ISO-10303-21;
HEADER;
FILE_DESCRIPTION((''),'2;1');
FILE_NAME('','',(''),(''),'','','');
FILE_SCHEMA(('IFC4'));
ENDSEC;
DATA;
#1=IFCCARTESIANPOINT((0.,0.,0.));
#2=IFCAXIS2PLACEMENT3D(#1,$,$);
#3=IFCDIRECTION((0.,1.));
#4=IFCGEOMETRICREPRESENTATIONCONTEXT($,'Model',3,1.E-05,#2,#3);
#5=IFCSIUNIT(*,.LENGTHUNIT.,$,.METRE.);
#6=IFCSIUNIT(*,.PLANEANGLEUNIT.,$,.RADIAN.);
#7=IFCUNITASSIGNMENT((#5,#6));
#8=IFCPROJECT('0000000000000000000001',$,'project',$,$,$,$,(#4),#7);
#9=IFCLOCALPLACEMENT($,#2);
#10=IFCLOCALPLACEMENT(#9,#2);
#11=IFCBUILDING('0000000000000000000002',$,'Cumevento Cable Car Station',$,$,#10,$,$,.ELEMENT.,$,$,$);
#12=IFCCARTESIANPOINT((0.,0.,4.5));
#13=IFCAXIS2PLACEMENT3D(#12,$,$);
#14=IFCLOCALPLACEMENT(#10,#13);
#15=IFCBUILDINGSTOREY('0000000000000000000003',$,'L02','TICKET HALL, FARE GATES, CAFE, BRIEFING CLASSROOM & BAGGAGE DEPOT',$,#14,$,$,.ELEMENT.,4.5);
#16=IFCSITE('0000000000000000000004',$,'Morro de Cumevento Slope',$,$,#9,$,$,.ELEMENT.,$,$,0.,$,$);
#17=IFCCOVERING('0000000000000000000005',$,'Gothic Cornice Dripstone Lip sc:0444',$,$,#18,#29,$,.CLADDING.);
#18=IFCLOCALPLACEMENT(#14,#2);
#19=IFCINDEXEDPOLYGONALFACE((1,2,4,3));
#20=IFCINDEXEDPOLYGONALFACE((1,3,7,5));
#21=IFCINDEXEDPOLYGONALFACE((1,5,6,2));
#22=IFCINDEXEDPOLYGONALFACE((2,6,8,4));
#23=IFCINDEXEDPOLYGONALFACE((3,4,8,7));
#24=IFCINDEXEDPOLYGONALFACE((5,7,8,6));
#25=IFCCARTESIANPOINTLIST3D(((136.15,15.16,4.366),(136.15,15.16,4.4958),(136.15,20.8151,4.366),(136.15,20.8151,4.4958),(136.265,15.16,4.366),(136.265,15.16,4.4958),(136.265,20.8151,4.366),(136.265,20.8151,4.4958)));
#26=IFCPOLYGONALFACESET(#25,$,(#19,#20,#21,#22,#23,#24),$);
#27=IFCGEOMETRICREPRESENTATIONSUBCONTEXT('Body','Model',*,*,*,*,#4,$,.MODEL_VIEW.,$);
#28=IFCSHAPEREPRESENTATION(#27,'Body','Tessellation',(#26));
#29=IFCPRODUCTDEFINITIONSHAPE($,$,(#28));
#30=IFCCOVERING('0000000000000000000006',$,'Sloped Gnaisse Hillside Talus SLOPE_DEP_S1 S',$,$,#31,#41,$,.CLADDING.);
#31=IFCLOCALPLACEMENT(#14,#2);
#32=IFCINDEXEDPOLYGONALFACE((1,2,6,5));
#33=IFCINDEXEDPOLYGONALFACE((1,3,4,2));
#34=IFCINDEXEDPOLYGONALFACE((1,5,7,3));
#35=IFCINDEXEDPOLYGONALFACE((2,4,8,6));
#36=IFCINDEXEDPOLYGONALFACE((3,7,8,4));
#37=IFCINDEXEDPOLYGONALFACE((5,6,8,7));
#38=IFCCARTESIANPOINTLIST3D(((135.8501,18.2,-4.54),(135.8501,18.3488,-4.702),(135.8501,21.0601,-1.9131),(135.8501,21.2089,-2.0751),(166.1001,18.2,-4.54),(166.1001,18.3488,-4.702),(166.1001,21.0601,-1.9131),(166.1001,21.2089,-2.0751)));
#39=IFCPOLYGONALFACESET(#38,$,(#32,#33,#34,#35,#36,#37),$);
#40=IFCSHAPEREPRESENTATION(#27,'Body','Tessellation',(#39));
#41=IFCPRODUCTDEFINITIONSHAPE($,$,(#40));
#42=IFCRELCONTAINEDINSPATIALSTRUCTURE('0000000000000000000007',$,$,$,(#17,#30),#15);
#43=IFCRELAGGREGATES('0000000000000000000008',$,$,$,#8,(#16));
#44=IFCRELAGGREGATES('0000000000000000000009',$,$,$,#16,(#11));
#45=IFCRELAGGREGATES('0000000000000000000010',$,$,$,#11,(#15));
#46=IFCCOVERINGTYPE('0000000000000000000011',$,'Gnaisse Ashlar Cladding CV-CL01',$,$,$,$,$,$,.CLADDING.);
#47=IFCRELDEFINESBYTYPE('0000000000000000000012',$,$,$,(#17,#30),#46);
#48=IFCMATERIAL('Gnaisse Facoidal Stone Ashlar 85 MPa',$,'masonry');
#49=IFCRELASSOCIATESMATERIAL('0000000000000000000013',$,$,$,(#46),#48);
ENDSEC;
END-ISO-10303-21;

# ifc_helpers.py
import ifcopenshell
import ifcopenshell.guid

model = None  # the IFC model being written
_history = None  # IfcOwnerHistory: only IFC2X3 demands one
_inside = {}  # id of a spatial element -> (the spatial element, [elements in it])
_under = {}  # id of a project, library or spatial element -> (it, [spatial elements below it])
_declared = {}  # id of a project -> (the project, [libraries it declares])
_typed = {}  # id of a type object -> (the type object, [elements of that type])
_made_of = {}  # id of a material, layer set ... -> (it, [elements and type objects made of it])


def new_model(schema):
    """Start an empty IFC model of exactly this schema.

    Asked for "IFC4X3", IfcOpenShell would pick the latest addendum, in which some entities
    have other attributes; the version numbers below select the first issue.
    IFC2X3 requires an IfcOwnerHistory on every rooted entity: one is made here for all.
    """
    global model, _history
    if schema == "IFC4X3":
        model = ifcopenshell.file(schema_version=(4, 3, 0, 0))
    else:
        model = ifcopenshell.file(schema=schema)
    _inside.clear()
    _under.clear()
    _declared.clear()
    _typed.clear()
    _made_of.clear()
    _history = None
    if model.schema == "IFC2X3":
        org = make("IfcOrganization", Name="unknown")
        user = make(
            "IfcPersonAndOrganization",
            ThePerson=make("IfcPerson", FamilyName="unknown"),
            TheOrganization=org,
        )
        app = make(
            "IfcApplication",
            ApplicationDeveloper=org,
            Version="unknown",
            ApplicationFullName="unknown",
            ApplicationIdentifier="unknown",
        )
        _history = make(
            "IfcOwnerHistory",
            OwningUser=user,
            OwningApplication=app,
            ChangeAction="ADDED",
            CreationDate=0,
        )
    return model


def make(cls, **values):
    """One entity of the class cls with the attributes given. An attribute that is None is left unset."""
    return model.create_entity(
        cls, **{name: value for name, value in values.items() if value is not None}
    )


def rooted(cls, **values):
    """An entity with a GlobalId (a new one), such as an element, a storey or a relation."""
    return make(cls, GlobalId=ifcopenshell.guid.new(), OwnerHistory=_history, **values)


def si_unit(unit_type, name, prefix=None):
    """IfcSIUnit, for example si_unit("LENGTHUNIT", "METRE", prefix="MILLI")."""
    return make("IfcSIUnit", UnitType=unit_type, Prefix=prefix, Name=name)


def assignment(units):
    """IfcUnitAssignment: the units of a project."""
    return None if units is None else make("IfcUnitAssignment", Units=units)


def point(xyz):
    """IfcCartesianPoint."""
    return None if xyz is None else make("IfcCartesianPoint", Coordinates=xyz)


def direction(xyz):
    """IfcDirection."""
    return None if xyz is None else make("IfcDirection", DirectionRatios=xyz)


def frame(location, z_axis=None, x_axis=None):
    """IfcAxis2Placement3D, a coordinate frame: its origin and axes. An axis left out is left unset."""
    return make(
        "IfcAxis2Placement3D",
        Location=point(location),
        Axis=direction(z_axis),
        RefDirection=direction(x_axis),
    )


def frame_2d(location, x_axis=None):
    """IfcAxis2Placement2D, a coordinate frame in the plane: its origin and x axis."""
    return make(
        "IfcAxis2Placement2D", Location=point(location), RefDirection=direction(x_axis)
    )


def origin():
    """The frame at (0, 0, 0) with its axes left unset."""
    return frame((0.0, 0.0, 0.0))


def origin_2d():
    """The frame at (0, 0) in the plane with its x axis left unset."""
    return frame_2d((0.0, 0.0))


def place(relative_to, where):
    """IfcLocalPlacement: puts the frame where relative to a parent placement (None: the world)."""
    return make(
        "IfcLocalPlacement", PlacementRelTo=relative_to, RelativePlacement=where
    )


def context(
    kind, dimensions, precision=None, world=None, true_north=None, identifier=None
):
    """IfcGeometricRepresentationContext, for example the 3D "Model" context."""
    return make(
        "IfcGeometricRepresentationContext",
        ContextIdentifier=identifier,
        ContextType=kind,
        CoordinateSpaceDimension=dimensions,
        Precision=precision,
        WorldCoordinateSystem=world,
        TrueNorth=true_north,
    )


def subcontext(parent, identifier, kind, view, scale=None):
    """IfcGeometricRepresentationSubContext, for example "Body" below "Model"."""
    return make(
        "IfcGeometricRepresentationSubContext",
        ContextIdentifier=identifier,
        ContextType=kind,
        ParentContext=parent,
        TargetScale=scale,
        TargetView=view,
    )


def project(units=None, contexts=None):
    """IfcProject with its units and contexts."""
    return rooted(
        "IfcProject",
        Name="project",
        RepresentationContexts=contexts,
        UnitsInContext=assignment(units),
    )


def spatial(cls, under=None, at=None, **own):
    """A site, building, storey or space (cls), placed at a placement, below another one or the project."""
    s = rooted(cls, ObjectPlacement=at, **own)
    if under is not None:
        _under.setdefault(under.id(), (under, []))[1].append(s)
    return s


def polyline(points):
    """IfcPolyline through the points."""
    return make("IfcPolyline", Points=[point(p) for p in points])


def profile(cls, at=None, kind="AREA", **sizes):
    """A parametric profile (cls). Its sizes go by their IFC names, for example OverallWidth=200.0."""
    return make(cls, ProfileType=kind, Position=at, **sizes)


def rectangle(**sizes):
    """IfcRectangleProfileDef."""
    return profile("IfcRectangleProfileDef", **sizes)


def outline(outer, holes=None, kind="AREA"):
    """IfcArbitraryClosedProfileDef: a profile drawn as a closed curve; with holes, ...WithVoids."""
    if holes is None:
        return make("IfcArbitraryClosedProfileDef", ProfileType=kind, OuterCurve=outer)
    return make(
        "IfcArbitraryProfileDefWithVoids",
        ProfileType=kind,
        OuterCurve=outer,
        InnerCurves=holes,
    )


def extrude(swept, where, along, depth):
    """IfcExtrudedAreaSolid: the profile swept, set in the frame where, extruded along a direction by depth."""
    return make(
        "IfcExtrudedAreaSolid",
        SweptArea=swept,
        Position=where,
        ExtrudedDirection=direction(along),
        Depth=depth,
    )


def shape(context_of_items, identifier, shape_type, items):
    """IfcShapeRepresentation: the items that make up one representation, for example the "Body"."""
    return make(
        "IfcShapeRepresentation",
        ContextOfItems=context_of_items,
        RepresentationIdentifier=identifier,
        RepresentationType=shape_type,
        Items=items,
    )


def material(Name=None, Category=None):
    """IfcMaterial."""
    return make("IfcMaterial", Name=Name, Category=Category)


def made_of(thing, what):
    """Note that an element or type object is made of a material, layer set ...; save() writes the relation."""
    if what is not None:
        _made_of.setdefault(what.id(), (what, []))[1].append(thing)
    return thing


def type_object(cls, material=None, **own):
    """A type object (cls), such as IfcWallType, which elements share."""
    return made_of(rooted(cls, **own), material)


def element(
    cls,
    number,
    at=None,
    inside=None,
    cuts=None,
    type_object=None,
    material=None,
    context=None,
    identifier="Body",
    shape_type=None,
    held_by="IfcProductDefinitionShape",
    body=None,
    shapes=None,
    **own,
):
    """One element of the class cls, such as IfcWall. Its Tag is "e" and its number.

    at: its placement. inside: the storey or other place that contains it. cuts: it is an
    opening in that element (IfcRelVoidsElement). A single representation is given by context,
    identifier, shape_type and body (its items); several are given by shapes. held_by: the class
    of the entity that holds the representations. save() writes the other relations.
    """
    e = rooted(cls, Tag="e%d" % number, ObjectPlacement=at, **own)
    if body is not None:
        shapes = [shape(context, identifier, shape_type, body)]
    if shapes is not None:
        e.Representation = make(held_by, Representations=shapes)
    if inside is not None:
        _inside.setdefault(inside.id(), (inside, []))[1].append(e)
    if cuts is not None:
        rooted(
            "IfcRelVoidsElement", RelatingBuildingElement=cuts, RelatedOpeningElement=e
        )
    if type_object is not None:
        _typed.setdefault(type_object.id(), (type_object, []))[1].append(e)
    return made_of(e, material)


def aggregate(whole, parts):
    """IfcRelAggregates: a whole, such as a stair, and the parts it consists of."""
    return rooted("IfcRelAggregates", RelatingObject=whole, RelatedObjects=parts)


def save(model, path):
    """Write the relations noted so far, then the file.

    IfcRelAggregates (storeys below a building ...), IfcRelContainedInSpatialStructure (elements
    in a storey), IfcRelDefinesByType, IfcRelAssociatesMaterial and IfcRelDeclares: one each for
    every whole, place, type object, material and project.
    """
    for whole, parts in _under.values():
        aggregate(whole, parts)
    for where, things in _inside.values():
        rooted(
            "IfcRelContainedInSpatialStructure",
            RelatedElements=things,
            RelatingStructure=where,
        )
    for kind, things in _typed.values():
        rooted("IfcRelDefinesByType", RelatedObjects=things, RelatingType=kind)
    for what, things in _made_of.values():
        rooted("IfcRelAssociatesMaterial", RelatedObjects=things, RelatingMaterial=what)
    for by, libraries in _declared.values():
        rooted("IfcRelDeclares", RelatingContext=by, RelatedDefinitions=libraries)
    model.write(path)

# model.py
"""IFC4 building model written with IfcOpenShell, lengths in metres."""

from ifc_helpers import new_model, si_unit, direction, frame, origin, origin_2d, place, context, subcontext, project, spatial, polyline, rectangle, outline, extrude, material, type_object, element, save


model = new_model("IFC4")

# Units and contexts
model_context = context("Model", 3, precision=1e-05, world=origin(), true_north=direction((0.0, 1.0)))
body_context = subcontext(model_context, "Body", "Model", "MODEL_VIEW")
ifc_project = project(units=[si_unit("LENGTHUNIT", "METRE"), si_unit("PLANEANGLEUNIT", "RADIAN")], contexts=[model_context])

# Site, building, storey
site_placement = place(None, origin())
site = spatial("IfcSite", under=ifc_project, at=site_placement, Name="Morro de Cumevento Slope", CompositionType="ELEMENT", RefElevation=0.0)
building_placement = place(site_placement, origin())
building = spatial("IfcBuilding", under=site, at=building_placement, Name="Cumevento Cable Car Station", CompositionType="ELEMENT")
storey_placement = place(building_placement, frame((0.0, 0.0, 4.5)))
storey = spatial("IfcBuildingStorey", under=building, at=storey_placement, Name="L02", Description="TICKET HALL, FARE GATES, CAFE, BRIEFING CLASSROOM & BAGGAGE DEPOT", CompositionType="ELEMENT", Elevation=4.5)

# Coverings
ifc_material_1 = material(Name="Gnaisse Facoidal Stone Ashlar 85 MPa", Category="masonry")
covering_type = type_object("IfcCoveringType", Name="Gnaisse Ashlar Cladding CV-CL01", PredefinedType="CLADDING", material=ifc_material_1)
covering_1_placement = place(storey_placement, frame((136.2075, 17.9875, 4.366), z_axis=(0.0, 0.0, 1.0), x_axis=(0.0, -1.0, 0.0)))
element("IfcCovering", 1, at=covering_1_placement, inside=storey, type_object=covering_type, Name="Gothic Cornice Dripstone Lip sc:0444", PredefinedType="CLADDING", context=body_context, shape_type="SweptSolid", body=[
    extrude(rectangle(XDim=5.655, YDim=0.115, at=origin_2d()), origin(), (0.0, 0.0, 1.0), 0.1299),
])
covering_2_placement = place(storey_placement, frame((135.8501, 18.2, -4.54), z_axis=(0.0, -0.67645, 0.736488), x_axis=(1.0, 0.0, 0.0)))
element("IfcCovering", 2, at=covering_2_placement, inside=storey, type_object=covering_type, Name="Sloped Gnaisse Hillside Talus SLOPE_DEP_S1 S", PredefinedType="CLADDING", context=body_context, shape_type="SweptSolid", body=[
    extrude(outline(polyline([(0.0, 0.0), (30.25, 0.0), (30.25, 3.8834), (0.0, 3.8834), (0.0, 0.0)])), origin(), (0.0, 0.0, -1.0), 0.22),
])

save(model, "model.ifc")
